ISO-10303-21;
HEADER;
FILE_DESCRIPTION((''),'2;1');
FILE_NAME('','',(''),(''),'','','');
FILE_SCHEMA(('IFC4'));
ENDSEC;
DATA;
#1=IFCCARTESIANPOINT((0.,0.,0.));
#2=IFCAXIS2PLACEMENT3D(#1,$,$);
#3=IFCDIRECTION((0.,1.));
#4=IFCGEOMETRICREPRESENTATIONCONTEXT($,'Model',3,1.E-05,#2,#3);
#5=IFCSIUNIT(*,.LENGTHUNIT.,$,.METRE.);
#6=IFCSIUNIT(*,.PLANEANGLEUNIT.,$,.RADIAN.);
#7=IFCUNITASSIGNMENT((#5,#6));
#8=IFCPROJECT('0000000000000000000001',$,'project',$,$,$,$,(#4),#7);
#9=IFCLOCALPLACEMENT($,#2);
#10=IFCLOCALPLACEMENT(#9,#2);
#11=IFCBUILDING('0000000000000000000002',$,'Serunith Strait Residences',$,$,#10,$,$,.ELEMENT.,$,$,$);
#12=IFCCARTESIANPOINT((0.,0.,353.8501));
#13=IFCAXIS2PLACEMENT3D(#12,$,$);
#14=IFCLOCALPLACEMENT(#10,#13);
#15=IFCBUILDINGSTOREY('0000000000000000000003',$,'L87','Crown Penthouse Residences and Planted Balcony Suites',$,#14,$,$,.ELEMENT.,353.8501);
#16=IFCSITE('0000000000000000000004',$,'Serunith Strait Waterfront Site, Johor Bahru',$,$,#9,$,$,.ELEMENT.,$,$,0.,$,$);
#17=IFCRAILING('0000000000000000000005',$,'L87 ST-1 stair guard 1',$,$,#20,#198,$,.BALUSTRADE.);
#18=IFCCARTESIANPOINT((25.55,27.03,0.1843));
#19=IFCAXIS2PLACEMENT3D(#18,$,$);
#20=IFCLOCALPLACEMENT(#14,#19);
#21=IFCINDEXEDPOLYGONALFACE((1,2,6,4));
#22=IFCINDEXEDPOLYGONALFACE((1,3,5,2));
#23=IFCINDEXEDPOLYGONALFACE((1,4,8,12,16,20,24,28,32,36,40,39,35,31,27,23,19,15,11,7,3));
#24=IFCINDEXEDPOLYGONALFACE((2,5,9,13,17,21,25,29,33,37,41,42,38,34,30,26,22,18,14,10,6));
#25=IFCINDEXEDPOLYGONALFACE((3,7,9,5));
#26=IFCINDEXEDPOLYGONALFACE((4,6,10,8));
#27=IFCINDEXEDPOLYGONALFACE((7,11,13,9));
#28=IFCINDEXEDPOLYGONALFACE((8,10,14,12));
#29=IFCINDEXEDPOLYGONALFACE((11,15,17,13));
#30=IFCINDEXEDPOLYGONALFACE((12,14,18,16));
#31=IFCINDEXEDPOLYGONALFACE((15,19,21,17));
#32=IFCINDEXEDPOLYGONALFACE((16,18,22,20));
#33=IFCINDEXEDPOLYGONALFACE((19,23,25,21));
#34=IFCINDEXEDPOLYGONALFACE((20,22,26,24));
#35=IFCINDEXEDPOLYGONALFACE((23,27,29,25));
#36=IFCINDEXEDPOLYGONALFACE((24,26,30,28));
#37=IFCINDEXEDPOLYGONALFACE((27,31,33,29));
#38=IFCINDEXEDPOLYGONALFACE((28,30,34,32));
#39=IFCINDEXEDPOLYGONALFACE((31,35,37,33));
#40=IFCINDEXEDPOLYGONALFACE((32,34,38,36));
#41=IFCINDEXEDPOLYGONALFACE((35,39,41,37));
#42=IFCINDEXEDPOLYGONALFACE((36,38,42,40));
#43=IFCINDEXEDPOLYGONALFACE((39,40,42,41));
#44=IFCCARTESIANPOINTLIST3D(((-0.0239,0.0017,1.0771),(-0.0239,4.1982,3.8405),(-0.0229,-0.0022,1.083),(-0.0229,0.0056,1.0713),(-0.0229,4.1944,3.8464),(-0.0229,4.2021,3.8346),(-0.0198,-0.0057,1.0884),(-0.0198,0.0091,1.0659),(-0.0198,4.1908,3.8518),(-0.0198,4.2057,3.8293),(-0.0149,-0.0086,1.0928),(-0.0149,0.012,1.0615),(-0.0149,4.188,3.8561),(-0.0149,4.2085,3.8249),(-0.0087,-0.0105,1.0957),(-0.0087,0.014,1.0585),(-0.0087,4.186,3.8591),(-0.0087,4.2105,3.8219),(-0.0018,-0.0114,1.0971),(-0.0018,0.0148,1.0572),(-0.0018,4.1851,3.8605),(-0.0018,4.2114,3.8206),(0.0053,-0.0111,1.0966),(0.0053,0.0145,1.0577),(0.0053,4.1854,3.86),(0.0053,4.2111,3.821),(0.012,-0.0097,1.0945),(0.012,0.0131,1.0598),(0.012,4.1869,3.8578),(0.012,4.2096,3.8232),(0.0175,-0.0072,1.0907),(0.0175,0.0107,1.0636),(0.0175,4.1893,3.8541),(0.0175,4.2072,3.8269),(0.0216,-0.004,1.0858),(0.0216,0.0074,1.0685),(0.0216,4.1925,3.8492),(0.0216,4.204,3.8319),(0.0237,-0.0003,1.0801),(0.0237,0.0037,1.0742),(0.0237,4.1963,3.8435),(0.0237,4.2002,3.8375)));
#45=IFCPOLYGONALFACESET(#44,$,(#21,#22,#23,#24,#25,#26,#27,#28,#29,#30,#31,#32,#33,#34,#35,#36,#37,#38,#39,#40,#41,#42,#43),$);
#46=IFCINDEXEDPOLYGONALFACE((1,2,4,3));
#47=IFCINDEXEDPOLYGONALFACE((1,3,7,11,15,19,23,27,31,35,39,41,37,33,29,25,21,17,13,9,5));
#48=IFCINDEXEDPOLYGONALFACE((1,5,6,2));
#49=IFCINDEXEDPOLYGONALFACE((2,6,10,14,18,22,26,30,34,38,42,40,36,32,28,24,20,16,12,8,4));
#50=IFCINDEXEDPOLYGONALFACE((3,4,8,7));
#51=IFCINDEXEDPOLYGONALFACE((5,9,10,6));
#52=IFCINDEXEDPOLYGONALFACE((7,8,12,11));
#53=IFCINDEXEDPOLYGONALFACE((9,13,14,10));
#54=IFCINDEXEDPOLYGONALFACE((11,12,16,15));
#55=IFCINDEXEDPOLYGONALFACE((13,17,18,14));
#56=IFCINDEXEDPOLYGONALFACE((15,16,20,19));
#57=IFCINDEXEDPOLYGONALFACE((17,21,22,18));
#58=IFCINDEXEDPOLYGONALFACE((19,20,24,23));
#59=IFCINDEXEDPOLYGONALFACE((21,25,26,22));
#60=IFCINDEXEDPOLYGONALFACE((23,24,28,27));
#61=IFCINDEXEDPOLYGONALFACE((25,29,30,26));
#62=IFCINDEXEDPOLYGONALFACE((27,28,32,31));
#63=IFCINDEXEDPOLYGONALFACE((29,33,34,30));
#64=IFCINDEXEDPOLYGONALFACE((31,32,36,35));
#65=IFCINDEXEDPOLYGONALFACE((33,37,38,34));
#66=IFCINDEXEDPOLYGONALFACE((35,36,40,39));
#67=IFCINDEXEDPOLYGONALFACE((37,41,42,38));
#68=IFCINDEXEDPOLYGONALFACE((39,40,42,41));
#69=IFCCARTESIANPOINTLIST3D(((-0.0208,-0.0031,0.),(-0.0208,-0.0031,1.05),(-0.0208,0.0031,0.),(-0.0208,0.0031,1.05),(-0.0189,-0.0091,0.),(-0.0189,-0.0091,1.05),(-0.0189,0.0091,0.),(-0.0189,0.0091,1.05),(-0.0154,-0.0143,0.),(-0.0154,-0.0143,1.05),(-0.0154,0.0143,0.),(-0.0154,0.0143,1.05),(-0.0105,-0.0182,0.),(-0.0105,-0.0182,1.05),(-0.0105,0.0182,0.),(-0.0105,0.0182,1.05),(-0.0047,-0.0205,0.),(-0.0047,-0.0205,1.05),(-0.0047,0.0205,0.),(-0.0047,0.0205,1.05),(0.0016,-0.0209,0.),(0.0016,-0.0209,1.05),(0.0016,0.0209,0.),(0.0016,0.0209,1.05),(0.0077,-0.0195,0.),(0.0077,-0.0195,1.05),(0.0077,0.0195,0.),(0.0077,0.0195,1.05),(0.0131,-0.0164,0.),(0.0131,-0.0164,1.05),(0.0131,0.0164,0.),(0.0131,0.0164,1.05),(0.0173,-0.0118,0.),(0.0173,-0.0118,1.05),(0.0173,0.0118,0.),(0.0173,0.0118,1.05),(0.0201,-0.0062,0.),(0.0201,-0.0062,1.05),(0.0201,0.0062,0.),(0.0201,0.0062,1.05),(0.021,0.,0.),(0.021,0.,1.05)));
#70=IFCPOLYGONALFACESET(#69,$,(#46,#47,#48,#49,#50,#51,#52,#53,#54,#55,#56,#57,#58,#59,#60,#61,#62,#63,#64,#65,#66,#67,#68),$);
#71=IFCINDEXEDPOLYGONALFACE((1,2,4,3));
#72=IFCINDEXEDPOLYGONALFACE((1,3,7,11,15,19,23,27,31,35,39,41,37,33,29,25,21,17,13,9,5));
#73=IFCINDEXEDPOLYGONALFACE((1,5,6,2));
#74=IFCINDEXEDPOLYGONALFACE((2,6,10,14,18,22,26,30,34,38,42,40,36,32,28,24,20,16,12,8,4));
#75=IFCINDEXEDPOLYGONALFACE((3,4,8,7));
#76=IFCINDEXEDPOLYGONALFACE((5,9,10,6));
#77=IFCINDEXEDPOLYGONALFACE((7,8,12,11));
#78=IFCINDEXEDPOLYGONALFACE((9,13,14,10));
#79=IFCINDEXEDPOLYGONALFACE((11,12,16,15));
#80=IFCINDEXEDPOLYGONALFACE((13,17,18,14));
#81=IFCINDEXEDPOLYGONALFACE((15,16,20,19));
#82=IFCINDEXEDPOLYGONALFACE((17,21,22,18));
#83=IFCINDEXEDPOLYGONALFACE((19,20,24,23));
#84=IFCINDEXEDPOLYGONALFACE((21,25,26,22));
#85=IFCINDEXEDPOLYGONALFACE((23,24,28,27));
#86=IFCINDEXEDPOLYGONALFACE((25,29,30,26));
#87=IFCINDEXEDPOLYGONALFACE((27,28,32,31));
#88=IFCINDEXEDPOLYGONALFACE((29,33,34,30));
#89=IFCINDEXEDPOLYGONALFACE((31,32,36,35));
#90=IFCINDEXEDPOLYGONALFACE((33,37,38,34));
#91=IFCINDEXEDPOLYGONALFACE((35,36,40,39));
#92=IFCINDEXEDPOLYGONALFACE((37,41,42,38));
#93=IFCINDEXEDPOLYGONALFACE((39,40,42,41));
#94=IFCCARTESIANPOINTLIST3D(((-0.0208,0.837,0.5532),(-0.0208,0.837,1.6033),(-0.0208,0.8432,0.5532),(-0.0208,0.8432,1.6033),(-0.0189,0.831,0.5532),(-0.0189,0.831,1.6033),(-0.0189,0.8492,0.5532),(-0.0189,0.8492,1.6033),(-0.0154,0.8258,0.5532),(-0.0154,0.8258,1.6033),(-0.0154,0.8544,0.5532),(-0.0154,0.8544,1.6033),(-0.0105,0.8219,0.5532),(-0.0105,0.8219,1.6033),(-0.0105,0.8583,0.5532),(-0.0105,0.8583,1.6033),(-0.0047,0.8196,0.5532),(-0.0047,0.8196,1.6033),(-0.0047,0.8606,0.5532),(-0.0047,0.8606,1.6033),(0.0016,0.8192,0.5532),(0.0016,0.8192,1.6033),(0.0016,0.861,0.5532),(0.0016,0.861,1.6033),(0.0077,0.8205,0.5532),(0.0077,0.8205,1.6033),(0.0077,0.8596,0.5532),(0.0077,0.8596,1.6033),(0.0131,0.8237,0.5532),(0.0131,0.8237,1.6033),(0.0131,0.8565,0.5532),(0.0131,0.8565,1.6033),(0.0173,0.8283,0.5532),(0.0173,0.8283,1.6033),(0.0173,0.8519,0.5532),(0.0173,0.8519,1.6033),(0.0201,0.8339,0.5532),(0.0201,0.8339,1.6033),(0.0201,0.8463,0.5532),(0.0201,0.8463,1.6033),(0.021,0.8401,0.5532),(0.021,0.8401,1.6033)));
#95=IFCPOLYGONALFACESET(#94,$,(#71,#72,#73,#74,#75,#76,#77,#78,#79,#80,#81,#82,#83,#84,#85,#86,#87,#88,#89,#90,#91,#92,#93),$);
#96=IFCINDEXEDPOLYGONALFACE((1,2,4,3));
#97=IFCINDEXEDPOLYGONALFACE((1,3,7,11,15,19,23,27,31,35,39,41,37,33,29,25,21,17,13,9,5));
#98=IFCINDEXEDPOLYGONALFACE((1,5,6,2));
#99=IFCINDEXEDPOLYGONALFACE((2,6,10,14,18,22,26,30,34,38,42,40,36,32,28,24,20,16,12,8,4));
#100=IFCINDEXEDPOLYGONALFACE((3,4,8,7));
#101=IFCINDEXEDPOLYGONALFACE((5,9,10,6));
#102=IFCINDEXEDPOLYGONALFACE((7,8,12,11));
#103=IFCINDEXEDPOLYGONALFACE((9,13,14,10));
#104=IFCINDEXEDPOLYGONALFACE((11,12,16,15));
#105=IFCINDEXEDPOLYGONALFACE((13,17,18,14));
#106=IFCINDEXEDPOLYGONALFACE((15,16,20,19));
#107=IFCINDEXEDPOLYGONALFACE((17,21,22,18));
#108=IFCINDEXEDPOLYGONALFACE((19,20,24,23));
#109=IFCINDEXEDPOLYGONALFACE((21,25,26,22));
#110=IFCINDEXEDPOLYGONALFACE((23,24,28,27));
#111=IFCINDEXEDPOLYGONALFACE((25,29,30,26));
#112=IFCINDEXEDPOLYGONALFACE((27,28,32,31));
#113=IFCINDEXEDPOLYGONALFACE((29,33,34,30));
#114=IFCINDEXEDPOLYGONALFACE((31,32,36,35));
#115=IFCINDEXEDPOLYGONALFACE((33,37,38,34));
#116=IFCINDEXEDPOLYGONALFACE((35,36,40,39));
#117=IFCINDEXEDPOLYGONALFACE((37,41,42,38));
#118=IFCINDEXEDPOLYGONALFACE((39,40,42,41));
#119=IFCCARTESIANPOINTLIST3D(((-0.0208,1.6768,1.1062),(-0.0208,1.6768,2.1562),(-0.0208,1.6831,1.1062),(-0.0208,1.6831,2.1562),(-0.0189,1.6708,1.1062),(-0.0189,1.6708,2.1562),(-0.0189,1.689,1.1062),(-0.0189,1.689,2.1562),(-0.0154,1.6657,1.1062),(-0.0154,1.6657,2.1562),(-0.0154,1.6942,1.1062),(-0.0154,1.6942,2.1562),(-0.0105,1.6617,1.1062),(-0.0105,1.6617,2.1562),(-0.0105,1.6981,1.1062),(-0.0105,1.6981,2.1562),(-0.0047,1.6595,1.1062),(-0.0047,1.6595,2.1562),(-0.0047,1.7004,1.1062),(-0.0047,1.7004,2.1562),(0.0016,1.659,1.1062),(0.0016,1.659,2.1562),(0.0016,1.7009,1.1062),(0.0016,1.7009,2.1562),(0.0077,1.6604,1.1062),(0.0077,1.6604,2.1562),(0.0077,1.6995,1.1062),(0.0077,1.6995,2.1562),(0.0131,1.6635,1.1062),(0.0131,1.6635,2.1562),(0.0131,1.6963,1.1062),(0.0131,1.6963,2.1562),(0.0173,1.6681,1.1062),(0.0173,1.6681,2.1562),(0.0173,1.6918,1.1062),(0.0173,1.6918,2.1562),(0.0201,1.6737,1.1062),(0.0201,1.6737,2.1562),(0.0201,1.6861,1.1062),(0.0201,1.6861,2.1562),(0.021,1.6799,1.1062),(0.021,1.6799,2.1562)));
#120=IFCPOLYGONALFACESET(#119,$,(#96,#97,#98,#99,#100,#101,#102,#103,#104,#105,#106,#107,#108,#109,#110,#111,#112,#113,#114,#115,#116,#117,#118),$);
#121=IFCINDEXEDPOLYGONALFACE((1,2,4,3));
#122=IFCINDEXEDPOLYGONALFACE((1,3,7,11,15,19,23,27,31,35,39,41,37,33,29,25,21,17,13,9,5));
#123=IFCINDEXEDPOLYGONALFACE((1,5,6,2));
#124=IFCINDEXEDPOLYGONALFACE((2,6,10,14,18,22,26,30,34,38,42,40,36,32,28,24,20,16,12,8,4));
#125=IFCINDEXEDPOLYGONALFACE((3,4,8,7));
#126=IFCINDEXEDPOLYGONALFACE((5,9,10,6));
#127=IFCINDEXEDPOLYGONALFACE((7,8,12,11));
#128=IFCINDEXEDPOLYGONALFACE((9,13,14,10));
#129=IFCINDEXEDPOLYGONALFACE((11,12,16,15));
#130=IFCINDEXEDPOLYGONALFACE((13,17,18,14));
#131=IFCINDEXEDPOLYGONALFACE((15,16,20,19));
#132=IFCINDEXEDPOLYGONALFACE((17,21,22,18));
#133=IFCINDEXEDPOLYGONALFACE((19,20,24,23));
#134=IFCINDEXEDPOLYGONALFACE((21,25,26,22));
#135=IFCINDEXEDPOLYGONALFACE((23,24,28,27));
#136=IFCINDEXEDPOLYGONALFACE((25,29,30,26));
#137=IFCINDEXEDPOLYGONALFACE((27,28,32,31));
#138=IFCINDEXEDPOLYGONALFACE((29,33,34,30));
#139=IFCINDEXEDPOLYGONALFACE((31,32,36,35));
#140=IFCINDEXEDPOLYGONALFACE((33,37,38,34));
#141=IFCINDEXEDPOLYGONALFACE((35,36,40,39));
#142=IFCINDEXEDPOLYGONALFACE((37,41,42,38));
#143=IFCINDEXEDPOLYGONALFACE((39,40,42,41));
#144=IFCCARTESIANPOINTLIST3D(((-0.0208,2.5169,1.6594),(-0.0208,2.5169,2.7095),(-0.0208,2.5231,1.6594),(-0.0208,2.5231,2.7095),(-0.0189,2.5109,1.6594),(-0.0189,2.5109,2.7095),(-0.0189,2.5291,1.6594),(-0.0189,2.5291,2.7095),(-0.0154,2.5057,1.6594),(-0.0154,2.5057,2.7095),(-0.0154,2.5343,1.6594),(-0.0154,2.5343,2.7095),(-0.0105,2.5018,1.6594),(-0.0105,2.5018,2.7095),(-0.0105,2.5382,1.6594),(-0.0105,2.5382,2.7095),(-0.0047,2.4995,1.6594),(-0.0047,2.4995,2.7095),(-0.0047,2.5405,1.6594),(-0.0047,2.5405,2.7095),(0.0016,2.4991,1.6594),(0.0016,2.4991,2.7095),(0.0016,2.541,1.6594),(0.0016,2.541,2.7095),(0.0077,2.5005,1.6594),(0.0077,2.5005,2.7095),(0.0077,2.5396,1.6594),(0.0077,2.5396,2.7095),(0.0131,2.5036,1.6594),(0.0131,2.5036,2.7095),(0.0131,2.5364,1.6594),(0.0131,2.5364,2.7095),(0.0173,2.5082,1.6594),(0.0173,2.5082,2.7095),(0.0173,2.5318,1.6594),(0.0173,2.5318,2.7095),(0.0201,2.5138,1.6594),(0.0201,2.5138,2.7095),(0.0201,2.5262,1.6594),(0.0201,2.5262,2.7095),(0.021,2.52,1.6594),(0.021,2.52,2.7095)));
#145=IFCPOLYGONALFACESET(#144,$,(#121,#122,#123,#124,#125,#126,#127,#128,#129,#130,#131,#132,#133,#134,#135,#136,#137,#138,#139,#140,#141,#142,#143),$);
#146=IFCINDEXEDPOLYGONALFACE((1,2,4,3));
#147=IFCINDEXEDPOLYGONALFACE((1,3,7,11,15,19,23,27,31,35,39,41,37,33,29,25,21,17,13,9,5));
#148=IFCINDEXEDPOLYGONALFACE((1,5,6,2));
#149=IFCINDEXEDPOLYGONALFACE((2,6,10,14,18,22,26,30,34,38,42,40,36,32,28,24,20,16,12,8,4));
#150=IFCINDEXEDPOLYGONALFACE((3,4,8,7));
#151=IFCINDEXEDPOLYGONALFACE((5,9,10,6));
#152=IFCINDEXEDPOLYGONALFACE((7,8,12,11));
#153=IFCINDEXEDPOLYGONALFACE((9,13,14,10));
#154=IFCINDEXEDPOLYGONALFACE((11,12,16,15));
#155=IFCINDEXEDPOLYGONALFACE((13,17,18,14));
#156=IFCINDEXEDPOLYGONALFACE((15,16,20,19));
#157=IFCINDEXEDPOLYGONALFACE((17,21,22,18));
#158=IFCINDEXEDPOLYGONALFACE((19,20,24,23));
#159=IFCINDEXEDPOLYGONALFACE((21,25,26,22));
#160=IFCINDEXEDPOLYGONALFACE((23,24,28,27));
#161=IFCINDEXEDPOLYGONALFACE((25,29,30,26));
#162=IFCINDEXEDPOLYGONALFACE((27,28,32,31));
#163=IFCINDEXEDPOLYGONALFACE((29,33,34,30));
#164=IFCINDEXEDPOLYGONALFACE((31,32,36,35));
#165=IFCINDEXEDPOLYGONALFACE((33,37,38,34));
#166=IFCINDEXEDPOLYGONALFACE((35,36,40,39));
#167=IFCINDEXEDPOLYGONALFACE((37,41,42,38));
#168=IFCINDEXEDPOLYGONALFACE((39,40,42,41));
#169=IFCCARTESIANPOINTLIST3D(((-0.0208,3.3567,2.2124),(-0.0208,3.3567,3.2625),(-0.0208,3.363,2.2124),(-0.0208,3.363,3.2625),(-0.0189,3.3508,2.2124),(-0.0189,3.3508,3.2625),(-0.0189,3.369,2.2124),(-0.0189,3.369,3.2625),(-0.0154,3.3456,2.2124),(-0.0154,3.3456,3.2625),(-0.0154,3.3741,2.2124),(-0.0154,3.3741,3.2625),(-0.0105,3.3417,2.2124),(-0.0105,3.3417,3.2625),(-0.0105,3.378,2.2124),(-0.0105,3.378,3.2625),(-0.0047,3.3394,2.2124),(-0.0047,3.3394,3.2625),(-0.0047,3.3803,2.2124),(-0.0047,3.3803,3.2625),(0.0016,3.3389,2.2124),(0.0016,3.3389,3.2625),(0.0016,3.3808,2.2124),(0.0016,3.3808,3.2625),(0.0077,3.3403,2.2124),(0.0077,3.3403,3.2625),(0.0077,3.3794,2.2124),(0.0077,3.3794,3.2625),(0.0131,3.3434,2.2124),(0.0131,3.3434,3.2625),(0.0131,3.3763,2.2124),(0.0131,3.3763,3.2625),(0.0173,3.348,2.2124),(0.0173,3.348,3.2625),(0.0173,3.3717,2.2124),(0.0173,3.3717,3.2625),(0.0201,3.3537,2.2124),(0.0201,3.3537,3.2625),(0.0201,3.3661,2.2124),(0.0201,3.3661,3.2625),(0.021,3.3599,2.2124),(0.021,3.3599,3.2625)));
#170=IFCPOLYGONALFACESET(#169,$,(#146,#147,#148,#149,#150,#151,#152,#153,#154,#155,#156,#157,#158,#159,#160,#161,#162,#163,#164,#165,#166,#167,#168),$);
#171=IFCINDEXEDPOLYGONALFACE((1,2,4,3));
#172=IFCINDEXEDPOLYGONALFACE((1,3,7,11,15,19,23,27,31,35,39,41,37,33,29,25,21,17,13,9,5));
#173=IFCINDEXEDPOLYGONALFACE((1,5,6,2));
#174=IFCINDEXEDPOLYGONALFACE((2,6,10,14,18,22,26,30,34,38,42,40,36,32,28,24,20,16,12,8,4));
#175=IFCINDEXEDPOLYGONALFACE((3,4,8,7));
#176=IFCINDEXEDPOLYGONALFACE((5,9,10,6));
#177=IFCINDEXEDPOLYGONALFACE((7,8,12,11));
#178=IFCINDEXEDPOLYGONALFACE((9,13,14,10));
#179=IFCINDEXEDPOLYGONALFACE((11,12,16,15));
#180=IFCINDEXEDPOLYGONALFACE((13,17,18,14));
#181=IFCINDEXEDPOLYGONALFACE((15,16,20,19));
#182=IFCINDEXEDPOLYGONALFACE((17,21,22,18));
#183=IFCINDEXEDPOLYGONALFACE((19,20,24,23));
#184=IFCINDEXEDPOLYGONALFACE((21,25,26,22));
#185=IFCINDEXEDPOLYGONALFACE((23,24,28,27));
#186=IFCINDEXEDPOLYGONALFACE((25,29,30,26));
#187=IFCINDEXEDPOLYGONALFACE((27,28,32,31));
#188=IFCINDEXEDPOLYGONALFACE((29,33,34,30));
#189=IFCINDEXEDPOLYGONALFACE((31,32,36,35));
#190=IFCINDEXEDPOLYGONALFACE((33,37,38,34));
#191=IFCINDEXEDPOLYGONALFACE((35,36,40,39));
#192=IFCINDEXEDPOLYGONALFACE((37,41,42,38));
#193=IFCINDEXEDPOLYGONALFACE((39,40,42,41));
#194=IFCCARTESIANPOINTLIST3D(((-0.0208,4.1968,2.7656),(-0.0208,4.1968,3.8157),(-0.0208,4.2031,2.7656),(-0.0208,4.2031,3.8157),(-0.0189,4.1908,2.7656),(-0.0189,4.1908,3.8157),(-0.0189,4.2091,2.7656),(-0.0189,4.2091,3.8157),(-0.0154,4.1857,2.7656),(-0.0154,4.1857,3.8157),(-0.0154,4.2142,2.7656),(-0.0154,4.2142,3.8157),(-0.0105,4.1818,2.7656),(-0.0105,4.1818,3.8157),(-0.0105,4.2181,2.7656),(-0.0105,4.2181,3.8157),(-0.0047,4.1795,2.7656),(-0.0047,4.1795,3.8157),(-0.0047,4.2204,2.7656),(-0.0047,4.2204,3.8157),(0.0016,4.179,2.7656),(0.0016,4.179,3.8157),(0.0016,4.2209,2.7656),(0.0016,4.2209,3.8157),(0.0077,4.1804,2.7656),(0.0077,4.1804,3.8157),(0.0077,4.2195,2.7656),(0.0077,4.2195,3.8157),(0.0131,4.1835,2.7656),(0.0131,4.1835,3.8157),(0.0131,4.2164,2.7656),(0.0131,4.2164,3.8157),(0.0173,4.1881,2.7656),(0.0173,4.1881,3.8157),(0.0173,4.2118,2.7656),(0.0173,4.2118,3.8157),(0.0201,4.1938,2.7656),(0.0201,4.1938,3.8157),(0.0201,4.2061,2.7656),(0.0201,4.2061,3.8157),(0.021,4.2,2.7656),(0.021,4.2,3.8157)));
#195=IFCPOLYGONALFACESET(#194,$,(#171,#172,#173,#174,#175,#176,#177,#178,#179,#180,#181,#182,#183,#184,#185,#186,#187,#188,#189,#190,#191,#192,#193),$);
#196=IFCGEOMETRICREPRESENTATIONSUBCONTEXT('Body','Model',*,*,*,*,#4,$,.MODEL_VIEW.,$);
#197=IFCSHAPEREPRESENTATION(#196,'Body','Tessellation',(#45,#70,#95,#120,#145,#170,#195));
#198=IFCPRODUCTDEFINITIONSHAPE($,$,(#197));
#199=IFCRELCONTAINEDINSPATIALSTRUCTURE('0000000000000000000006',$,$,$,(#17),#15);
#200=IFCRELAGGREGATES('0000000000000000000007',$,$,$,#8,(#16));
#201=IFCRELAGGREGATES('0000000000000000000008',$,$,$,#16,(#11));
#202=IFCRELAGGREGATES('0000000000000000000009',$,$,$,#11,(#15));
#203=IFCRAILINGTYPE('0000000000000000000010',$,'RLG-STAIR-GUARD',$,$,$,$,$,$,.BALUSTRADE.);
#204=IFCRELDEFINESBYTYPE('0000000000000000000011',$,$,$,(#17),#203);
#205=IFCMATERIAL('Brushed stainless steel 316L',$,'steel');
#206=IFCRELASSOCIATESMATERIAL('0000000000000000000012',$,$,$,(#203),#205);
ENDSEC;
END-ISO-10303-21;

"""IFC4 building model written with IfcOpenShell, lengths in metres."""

from ifc_helpers import new_model, si_unit, direction, frame, origin, origin_2d, place, context, subcontext, project, spatial, circle, extrude, material, type_object, element, save


model = new_model("IFC4")

# Units and contexts
model_context = context("Model", 3, precision=1e-05, world=origin(), true_north=direction((0.0, 1.0)))
body_context = subcontext(model_context, "Body", "Model", "MODEL_VIEW")
ifc_project = project(units=[si_unit("LENGTHUNIT", "METRE"), si_unit("PLANEANGLEUNIT", "RADIAN")], contexts=[model_context])

# Site, building, storey
site_placement = place(None, origin())
site = spatial("IfcSite", under=ifc_project, at=site_placement, Name="Serunith Strait Waterfront Site, Johor Bahru", CompositionType="ELEMENT", RefElevation=0.0)
building_placement = place(site_placement, origin())
building = spatial("IfcBuilding", under=site, at=building_placement, Name="Serunith Strait Residences", CompositionType="ELEMENT")
storey_placement = place(building_placement, frame((0.0, 0.0, 353.8501)))
storey = spatial("IfcBuildingStorey", under=building, at=storey_placement, Name="L87", Description="Crown Penthouse Residences and Planted Balcony Suites", CompositionType="ELEMENT", Elevation=353.8501)

# Railing
ifc_material_1 = material(Name="Brushed stainless steel 316L", Category="steel")
railing_type_1 = type_object("IfcRailingType", Name="RLG-STAIR-GUARD", PredefinedType="BALUSTRADE", material=ifc_material_1)
railing_1_placement = place(storey_placement, frame((25.55, 27.03, 0.1843)))
element("IfcRailing", 1, at=railing_1_placement, inside=storey, type_object=railing_type_1, Name="L87 ST-1 stair guard 1", PredefinedType="BALUSTRADE", context=body_context, shape_type="SweptSolid", body=[
    extrude(circle(Radius=0.0239, at=origin_2d()), frame((0.0, 0.0017, 1.0771), z_axis=(0.0, 0.835189, 0.549963), x_axis=(-1.0, 0.0, 0.0)), (0.0, 0.0, 1.0), 5.0247),
    extrude(circle(Radius=0.021, at=origin_2d()), origin(), (0.0, 0.0, 1.0), 1.05),
    extrude(circle(Radius=0.021, at=origin_2d()), frame((0.0, 0.8401, 0.5532)), (0.0, 0.0, 1.0), 1.05),
    extrude(circle(Radius=0.021, at=origin_2d()), frame((0.0, 1.6799, 1.1062)), (0.0, 0.0, 1.0), 1.05),
    extrude(circle(Radius=0.021, at=origin_2d()), frame((0.0, 2.52, 1.6594)), (0.0, 0.0, 1.0), 1.05),
    extrude(circle(Radius=0.021, at=origin_2d()), frame((0.0, 3.3599, 2.2124)), (0.0, 0.0, 1.0), 1.05),
    extrude(circle(Radius=0.021, at=origin_2d()), frame((0.0, 4.2, 2.7656)), (0.0, 0.0, 1.0), 1.05),
])

save(model, "model.ifc")
